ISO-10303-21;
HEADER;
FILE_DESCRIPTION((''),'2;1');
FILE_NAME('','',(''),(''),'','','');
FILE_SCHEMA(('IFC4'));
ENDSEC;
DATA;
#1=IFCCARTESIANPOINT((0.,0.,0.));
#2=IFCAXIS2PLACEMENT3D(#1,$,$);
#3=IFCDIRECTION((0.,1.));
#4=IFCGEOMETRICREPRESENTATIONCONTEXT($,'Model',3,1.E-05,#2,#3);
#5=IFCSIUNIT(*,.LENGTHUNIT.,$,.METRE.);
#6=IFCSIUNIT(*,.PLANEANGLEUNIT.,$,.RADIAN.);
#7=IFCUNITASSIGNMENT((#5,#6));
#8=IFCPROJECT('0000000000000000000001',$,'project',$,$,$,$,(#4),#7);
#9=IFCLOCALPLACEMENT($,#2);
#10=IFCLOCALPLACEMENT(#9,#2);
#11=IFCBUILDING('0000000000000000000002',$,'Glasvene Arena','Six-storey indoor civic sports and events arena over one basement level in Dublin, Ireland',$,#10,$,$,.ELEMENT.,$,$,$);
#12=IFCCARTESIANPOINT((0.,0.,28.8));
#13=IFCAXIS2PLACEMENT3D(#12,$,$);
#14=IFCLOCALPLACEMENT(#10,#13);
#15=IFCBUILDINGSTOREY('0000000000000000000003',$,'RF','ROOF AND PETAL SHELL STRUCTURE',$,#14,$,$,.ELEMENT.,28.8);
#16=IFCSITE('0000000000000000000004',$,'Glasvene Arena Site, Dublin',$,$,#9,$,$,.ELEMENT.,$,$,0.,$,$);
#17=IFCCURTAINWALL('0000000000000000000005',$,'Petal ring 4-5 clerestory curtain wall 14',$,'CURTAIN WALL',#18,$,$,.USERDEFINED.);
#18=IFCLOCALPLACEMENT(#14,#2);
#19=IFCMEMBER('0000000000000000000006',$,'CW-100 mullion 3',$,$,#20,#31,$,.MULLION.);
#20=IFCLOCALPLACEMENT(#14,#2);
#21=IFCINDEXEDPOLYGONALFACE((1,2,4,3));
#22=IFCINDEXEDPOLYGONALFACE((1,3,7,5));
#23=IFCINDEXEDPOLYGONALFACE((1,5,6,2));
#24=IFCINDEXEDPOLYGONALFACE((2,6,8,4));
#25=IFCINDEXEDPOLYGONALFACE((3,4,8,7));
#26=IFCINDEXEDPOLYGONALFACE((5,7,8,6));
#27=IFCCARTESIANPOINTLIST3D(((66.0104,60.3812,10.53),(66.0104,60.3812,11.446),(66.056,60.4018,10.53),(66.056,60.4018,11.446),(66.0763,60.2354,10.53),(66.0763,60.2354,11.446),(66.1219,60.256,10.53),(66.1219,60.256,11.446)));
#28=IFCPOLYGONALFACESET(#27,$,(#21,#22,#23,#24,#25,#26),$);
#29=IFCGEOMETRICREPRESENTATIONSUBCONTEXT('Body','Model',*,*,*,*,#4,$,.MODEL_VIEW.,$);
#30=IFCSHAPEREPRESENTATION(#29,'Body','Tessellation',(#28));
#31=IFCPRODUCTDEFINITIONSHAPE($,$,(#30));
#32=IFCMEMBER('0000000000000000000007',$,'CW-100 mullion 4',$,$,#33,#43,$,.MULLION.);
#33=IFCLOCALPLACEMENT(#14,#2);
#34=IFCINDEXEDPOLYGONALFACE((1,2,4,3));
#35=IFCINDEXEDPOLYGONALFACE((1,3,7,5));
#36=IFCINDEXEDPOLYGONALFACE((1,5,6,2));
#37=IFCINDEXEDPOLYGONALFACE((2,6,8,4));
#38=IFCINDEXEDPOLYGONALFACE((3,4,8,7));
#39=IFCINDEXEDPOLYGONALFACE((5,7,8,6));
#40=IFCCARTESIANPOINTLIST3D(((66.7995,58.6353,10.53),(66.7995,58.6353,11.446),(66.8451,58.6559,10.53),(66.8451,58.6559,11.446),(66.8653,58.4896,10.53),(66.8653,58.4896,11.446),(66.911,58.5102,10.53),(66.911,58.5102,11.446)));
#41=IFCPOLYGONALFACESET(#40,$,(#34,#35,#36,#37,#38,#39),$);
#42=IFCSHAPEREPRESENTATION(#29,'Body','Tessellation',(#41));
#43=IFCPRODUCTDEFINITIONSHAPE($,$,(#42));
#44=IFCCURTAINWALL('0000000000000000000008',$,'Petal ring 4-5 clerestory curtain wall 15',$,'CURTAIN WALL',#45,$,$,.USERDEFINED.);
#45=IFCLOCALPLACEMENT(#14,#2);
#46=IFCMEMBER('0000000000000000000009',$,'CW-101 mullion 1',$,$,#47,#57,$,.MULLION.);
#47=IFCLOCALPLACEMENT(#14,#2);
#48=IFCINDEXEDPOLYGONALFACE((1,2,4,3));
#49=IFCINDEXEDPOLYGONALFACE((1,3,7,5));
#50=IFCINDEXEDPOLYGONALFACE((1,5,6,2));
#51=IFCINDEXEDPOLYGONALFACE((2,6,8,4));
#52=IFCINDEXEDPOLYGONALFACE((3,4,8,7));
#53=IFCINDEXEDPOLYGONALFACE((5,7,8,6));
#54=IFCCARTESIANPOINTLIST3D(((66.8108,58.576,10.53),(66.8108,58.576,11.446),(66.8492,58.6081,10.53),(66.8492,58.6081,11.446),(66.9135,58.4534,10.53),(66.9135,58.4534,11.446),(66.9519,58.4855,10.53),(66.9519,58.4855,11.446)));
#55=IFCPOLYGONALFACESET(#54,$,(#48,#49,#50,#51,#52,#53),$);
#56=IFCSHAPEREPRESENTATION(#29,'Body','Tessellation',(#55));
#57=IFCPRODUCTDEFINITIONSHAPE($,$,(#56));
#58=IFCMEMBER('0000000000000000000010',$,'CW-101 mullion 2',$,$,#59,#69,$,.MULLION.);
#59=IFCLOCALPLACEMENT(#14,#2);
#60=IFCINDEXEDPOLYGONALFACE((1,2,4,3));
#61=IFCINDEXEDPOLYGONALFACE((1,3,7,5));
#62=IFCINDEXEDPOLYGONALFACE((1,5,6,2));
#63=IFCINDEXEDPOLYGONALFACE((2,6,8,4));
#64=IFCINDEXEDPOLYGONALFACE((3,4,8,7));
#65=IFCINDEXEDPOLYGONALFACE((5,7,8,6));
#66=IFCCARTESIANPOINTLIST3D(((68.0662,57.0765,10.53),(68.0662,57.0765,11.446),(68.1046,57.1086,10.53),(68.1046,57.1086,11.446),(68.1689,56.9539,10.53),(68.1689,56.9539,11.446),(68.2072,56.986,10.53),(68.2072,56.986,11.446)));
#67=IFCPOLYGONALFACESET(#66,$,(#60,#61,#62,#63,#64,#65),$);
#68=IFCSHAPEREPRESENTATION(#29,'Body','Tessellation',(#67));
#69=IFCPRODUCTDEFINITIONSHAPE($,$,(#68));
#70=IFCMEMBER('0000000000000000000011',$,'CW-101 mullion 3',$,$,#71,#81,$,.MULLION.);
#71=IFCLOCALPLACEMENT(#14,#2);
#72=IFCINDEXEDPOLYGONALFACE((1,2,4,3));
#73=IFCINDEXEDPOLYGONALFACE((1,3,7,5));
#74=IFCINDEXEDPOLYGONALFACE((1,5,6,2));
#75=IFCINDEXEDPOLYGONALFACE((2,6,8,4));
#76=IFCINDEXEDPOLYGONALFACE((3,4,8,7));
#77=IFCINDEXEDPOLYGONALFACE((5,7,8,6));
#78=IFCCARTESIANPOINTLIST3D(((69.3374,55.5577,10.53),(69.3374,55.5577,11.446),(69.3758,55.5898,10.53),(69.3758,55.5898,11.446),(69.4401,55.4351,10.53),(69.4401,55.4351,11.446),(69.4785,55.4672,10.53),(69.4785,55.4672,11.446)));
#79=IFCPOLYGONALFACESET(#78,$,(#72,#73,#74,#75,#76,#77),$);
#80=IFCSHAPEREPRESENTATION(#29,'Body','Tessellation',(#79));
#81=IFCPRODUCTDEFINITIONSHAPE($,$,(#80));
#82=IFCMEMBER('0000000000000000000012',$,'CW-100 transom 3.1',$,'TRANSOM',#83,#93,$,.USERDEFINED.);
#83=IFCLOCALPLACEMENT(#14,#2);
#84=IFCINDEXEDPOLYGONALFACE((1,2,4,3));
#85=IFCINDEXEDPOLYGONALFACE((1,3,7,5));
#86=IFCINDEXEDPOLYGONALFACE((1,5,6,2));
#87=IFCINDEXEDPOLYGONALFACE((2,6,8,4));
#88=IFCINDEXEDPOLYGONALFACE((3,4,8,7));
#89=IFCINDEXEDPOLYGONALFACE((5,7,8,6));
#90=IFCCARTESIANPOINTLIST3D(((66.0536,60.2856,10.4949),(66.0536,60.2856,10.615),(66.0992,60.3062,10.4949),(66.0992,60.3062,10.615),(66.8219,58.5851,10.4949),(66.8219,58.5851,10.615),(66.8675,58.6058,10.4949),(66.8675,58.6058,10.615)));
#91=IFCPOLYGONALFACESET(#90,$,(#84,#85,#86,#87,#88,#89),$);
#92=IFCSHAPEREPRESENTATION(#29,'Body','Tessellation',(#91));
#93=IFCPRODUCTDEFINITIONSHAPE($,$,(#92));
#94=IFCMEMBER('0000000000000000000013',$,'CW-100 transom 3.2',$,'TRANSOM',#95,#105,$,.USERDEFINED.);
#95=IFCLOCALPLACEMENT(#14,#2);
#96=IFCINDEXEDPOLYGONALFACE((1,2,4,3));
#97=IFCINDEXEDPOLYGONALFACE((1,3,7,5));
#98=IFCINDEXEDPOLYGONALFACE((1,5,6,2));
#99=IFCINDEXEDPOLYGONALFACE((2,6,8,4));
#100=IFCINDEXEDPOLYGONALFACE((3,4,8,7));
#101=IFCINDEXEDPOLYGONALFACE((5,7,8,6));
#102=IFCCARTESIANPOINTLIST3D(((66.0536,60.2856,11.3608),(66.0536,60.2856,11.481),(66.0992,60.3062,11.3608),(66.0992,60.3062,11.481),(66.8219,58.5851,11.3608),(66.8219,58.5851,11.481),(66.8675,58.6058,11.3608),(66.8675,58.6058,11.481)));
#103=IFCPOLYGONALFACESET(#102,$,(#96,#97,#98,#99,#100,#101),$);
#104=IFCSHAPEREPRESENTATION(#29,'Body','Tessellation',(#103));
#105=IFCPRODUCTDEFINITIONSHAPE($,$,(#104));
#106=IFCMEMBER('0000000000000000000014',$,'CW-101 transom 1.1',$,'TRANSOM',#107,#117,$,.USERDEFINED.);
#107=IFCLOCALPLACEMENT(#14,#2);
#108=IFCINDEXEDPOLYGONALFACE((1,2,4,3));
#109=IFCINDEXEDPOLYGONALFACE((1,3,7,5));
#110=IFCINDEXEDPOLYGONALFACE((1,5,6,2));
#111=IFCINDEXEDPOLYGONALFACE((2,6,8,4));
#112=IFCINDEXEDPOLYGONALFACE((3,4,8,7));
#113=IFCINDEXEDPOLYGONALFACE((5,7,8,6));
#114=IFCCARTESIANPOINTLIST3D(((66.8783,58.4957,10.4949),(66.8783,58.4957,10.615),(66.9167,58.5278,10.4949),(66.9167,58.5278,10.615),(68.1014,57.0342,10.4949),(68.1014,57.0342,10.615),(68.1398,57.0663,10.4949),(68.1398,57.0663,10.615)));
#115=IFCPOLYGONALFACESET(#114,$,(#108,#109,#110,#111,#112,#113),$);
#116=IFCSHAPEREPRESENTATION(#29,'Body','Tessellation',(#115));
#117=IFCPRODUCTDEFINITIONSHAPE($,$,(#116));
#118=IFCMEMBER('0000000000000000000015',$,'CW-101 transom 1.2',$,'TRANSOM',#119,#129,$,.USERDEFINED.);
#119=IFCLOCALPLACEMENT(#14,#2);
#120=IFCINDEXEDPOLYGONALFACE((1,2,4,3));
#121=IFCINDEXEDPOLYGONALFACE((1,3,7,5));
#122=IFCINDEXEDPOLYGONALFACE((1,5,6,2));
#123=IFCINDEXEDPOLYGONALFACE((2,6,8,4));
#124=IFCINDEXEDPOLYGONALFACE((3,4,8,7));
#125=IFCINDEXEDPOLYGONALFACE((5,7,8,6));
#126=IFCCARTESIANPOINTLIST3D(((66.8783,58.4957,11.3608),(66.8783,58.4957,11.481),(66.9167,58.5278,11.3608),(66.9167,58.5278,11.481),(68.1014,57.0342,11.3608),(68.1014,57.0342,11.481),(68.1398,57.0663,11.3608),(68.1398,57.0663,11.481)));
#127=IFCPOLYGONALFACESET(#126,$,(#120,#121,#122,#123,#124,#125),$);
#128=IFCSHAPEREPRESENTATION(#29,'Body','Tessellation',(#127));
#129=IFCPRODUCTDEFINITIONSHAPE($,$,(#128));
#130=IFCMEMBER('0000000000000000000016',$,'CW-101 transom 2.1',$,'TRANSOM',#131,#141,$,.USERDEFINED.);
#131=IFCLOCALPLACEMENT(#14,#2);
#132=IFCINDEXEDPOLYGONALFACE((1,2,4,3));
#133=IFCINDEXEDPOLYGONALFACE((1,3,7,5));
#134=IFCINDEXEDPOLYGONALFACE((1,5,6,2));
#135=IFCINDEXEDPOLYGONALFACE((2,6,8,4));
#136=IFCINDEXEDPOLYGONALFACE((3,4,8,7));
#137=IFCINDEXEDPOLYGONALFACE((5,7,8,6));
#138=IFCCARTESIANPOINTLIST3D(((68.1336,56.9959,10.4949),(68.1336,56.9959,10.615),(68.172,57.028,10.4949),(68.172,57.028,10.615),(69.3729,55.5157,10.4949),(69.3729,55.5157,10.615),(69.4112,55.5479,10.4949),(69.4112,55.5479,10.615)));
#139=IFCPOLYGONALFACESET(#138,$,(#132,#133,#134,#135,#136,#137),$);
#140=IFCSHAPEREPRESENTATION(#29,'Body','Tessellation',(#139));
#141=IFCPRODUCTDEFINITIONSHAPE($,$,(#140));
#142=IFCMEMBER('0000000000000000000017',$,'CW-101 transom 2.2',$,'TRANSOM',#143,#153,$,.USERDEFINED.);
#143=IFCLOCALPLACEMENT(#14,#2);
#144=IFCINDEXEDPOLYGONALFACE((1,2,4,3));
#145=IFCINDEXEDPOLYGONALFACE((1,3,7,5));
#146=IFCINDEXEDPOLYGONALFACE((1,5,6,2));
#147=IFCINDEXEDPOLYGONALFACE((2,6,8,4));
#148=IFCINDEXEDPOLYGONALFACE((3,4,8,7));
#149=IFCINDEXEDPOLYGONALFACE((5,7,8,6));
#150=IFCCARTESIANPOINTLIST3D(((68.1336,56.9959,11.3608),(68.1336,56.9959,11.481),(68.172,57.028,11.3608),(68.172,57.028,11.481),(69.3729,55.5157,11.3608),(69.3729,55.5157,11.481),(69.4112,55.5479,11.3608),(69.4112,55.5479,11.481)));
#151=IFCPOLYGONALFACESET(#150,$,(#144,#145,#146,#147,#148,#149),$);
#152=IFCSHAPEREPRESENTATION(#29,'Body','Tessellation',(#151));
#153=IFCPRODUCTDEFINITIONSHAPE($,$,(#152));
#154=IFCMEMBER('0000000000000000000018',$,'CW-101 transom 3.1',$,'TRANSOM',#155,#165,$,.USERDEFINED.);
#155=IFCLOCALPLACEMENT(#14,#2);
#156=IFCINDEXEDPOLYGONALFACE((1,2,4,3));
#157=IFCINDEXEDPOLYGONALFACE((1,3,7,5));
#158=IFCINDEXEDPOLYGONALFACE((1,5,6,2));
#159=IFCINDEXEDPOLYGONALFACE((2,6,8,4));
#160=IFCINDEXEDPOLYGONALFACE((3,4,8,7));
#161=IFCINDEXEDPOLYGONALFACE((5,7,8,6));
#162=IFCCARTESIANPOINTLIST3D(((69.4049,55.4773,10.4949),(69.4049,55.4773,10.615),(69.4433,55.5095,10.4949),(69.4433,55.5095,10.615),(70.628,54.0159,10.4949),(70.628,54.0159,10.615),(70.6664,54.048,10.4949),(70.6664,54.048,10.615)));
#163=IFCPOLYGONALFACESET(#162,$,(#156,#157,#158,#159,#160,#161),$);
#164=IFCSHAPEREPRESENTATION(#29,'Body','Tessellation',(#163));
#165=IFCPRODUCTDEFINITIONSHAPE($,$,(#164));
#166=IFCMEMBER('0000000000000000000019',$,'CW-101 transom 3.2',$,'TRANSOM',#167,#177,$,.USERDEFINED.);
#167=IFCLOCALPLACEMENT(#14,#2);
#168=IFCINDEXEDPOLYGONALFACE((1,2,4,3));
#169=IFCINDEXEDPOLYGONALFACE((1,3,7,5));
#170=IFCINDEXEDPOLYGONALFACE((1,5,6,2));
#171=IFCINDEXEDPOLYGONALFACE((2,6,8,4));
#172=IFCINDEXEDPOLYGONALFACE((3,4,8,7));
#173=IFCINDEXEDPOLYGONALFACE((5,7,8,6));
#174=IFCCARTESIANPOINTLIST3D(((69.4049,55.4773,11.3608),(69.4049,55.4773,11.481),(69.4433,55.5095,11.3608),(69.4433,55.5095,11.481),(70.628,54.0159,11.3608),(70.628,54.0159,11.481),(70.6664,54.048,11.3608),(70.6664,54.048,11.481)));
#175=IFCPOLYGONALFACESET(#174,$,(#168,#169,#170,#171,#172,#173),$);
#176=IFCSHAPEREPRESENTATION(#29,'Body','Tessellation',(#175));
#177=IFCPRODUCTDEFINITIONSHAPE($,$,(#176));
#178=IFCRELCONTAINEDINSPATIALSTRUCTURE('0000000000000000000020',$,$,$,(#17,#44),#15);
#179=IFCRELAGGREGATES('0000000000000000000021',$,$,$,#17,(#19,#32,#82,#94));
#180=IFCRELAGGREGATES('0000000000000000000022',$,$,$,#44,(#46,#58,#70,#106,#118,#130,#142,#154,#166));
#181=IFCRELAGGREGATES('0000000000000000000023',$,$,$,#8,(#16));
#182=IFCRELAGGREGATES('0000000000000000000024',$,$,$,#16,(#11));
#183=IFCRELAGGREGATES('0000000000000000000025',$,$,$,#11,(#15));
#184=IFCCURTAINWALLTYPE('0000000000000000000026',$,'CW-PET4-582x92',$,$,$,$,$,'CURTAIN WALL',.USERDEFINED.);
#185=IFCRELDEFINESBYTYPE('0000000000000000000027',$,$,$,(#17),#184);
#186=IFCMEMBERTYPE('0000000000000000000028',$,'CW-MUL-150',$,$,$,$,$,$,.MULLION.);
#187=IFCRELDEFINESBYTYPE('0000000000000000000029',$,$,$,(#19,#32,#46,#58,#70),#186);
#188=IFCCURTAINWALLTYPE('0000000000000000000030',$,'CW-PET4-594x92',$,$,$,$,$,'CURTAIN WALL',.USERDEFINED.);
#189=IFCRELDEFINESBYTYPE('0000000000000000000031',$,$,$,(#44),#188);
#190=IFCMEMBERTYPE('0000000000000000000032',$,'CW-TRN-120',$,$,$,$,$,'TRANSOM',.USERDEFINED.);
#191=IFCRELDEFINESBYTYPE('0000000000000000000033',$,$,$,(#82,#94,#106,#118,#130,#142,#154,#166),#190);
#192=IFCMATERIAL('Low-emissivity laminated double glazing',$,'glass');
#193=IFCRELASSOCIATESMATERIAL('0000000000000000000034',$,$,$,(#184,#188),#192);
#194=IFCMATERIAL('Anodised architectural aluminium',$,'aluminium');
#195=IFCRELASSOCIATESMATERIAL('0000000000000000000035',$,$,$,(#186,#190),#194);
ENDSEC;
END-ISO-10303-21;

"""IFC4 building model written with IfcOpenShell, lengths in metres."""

from ifc_helpers import new_model, si_unit, direction, frame, origin, origin_2d, place, context, subcontext, project, spatial, rectangle, extrude, material, material_profile, profile_set, type_object, element, aggregate, save


model = new_model("IFC4")

# Units and contexts
model_context = context("Model", 3, precision=1e-05, world=origin(), true_north=direction((0.0, 1.0)))
body_context = subcontext(model_context, "Body", "Model", "MODEL_VIEW")
ifc_project = project(units=[si_unit("LENGTHUNIT", "METRE"), si_unit("PLANEANGLEUNIT", "RADIAN")], contexts=[model_context])

# Site, building, storey
site_placement = place(None, origin())
site = spatial("IfcSite", under=ifc_project, at=site_placement, Name="Glasvene Arena Site, Dublin", CompositionType="ELEMENT", RefElevation=0.0)
building_placement = place(site_placement, origin())
building = spatial("IfcBuilding", under=site, at=building_placement, Name="Glasvene Arena", Description="Six-storey indoor civic sports and events arena over one basement level in Dublin, Ireland", CompositionType="ELEMENT")
storey_placement = place(building_placement, frame((0.0, 0.0, 28.8)))
storey = spatial("IfcBuildingStorey", under=building, at=storey_placement, Name="RF", Description="ROOF AND PETAL SHELL STRUCTURE", CompositionType="ELEMENT", Elevation=28.8)

# Curtain walls, members
ifc_material_1 = material(Name="Low-emissivity laminated double glazing", Category="glass")
curtain_wall_type_1 = type_object("IfcCurtainWallType", Name="CW-PET4-582x92", ElementType="CURTAIN WALL", PredefinedType="USERDEFINED", material=ifc_material_1)
curtain_wall_1_placement = place(storey_placement, frame((64.4678, 63.856, 0.0)))
curtain_wall_1 = element("IfcCurtainWall", 1, at=curtain_wall_1_placement, inside=storey, type_object=curtain_wall_type_1, Name="Petal ring 4-5 clerestory curtain wall 14", ObjectType="CURTAIN WALL", PredefinedType="USERDEFINED")
ifc_material_2 = material(Name="Anodised architectural aluminium", Category="aluminium")
ifc_material_profile_1 = material_profile(ifc_material_2, rectangle(XDim=0.05, YDim=0.1599, at=origin_2d()), Name="ALU MULLION 50x160")
ifc_profile_set_1 = profile_set([ifc_material_profile_1], Name="Anodised architectural aluminium")
member_type_1 = type_object("IfcMemberType", Name="CW-MUL-150", PredefinedType="MULLION", material=ifc_profile_set_1)
member_1_placement = place(storey_placement, frame((66.0662, 60.3186, 10.53), z_axis=(0.0, 0.0, 1.0), x_axis=(0.911284, 0.411778, 0.0)))
member_1 = element("IfcMember", 2, at=member_1_placement, type_object=member_type_1, Name="CW-100 mullion 3", PredefinedType="MULLION", context=body_context, shape_type="SweptSolid", body=[
    extrude(rectangle(XDim=0.05, YDim=0.1599, at=origin_2d()), origin(), (0.0, 0.0, 1.0), 0.916),
])
member_2_placement = place(storey_placement, frame((66.8552, 58.5728, 10.53), z_axis=(0.0, 0.0, 1.0), x_axis=(0.911284, 0.411778, 0.0)))
member_2 = element("IfcMember", 3, at=member_2_placement, type_object=member_type_1, Name="CW-100 mullion 4", PredefinedType="MULLION", context=body_context, shape_type="SweptSolid", body=[
    extrude(rectangle(XDim=0.05, YDim=0.1599, at=origin_2d()), origin(), (0.0, 0.0, 1.0), 0.916),
])
curtain_wall_type_2 = type_object("IfcCurtainWallType", Name="CW-PET4-594x92", ElementType="CURTAIN WALL", PredefinedType="USERDEFINED", material=ifc_material_1)
curtain_wall_2_placement = place(storey_placement, frame((66.8655, 58.55, 0.0)))
curtain_wall_2 = element("IfcCurtainWall", 4, at=curtain_wall_2_placement, inside=storey, type_object=curtain_wall_type_2, Name="Petal ring 4-5 clerestory curtain wall 15", ObjectType="CURTAIN WALL", PredefinedType="USERDEFINED")
member_3_placement = place(storey_placement, frame((66.8813, 58.5308, 10.53), z_axis=(0.0, 0.0, 1.0), x_axis=(0.766805, 0.64188, 0.0)))
member_3 = element("IfcMember", 5, at=member_3_placement, type_object=member_type_1, Name="CW-101 mullion 1", PredefinedType="MULLION", context=body_context, shape_type="SweptSolid", body=[
    extrude(rectangle(XDim=0.05, YDim=0.1599, at=origin_2d()), origin(), (0.0, 0.0, 1.0), 0.916),
])
member_4_placement = place(storey_placement, frame((68.1367, 57.0312, 10.53), z_axis=(0.0, 0.0, 1.0), x_axis=(0.766805, 0.64188, 0.0)))
member_4 = element("IfcMember", 6, at=member_4_placement, type_object=member_type_1, Name="CW-101 mullion 2", PredefinedType="MULLION", context=body_context, shape_type="SweptSolid", body=[
    extrude(rectangle(XDim=0.05, YDim=0.1599, at=origin_2d()), origin(), (0.0, 0.0, 1.0), 0.916),
])
member_5_placement = place(storey_placement, frame((69.408, 55.5125, 10.53), z_axis=(0.0, 0.0, 1.0), x_axis=(0.766805, 0.64188, 0.0)))
member_5 = element("IfcMember", 7, at=member_5_placement, type_object=member_type_1, Name="CW-101 mullion 3", PredefinedType="MULLION", context=body_context, shape_type="SweptSolid", body=[
    extrude(rectangle(XDim=0.05, YDim=0.1599, at=origin_2d()), origin(), (0.0, 0.0, 1.0), 0.916),
])

# Members
ifc_material_profile_2 = material_profile(ifc_material_2, rectangle(XDim=0.05, YDim=0.1201, at=origin_2d()), Name="ALU TRANSOM 50x120")
ifc_profile_set_2 = profile_set([ifc_material_profile_2], Name="Anodised architectural aluminium")
member_type_2 = type_object("IfcMemberType", Name="CW-TRN-120", ElementType="TRANSOM", PredefinedType="USERDEFINED", material=ifc_profile_set_2)
member_6_placement = place(storey_placement, frame((66.0764, 60.2959, 10.5549), z_axis=(0.411751, -0.911296, 0.0), x_axis=(0.911296, 0.411751, 0.0)))
member_6 = element("IfcMember", 8, at=member_6_placement, type_object=member_type_2, Name="CW-100 transom 3.1", ObjectType="TRANSOM", PredefinedType="USERDEFINED", context=body_context, shape_type="SweptSolid", body=[
    extrude(rectangle(XDim=0.05, YDim=0.1201, at=origin_2d()), origin(), (0.0, 0.0, 1.0), 1.866),
])
member_7_placement = place(storey_placement, frame((66.0764, 60.2959, 11.4209), z_axis=(0.411751, -0.911296, 0.0), x_axis=(0.911296, 0.411751, 0.0)))
member_7 = element("IfcMember", 9, at=member_7_placement, type_object=member_type_2, Name="CW-100 transom 3.2", ObjectType="TRANSOM", PredefinedType="USERDEFINED", context=body_context, shape_type="SweptSolid", body=[
    extrude(rectangle(XDim=0.05, YDim=0.1201, at=origin_2d()), origin(), (0.0, 0.0, 1.0), 1.866),
])
member_8_placement = place(storey_placement, frame((66.8975, 58.5117, 10.5549), z_axis=(0.641821, -0.766854, 0.0), x_axis=(0.766854, 0.641821, 0.0)))
member_8 = element("IfcMember", 10, at=member_8_placement, type_object=member_type_2, Name="CW-101 transom 1.1", ObjectType="TRANSOM", PredefinedType="USERDEFINED", context=body_context, shape_type="SweptSolid", body=[
    extrude(rectangle(XDim=0.05, YDim=0.1201, at=origin_2d()), origin(), (0.0, 0.0, 1.0), 1.9058),
])
member_9_placement = place(storey_placement, frame((66.8975, 58.5117, 11.4209), z_axis=(0.641821, -0.766854, 0.0), x_axis=(0.766854, 0.641821, 0.0)))
member_9 = element("IfcMember", 11, at=member_9_placement, type_object=member_type_2, Name="CW-101 transom 1.2", ObjectType="TRANSOM", PredefinedType="USERDEFINED", context=body_context, shape_type="SweptSolid", body=[
    extrude(rectangle(XDim=0.05, YDim=0.1201, at=origin_2d()), origin(), (0.0, 0.0, 1.0), 1.9058),
])
member_10_placement = place(storey_placement, frame((68.1528, 57.012, 10.5549), z_axis=(0.641937, -0.766758, 0.0), x_axis=(0.766758, 0.641937, 0.0)))
member_10 = element("IfcMember", 12, at=member_10_placement, type_object=member_type_2, Name="CW-101 transom 2.1", ObjectType="TRANSOM", PredefinedType="USERDEFINED", context=body_context, shape_type="SweptSolid", body=[
    extrude(rectangle(XDim=0.05, YDim=0.1201, at=origin_2d()), origin(), (0.0, 0.0, 1.0), 1.9304),
])
member_11_placement = place(storey_placement, frame((68.1528, 57.012, 11.4209), z_axis=(0.641937, -0.766758, 0.0), x_axis=(0.766758, 0.641937, 0.0)))
member_11 = element("IfcMember", 13, at=member_11_placement, type_object=member_type_2, Name="CW-101 transom 2.2", ObjectType="TRANSOM", PredefinedType="USERDEFINED", context=body_context, shape_type="SweptSolid", body=[
    extrude(rectangle(XDim=0.05, YDim=0.1201, at=origin_2d()), origin(), (0.0, 0.0, 1.0), 1.9304),
])
member_12_placement = place(storey_placement, frame((69.4241, 55.4934, 10.5549), z_axis=(0.641821, -0.766854, 0.0), x_axis=(0.766854, 0.641821, 0.0)))
member_12 = element("IfcMember", 14, at=member_12_placement, type_object=member_type_2, Name="CW-101 transom 3.1", ObjectType="TRANSOM", PredefinedType="USERDEFINED", context=body_context, shape_type="SweptSolid", body=[
    extrude(rectangle(XDim=0.05, YDim=0.1201, at=origin_2d()), origin(), (0.0, 0.0, 1.0), 1.9058),
])
member_13_placement = place(storey_placement, frame((69.4241, 55.4934, 11.4209), z_axis=(0.641821, -0.766854, 0.0), x_axis=(0.766854, 0.641821, 0.0)))
member_13 = element("IfcMember", 15, at=member_13_placement, type_object=member_type_2, Name="CW-101 transom 3.2", ObjectType="TRANSOM", PredefinedType="USERDEFINED", context=body_context, shape_type="SweptSolid", body=[
    extrude(rectangle(XDim=0.05, YDim=0.1201, at=origin_2d()), origin(), (0.0, 0.0, 1.0), 1.9058),
])

aggregate(curtain_wall_1, [member_1, member_2, member_6, member_7])
aggregate(curtain_wall_2, [member_3, member_4, member_5, member_8, member_9, member_10, member_11, member_12, member_13])

save(model, "model.ifc")
